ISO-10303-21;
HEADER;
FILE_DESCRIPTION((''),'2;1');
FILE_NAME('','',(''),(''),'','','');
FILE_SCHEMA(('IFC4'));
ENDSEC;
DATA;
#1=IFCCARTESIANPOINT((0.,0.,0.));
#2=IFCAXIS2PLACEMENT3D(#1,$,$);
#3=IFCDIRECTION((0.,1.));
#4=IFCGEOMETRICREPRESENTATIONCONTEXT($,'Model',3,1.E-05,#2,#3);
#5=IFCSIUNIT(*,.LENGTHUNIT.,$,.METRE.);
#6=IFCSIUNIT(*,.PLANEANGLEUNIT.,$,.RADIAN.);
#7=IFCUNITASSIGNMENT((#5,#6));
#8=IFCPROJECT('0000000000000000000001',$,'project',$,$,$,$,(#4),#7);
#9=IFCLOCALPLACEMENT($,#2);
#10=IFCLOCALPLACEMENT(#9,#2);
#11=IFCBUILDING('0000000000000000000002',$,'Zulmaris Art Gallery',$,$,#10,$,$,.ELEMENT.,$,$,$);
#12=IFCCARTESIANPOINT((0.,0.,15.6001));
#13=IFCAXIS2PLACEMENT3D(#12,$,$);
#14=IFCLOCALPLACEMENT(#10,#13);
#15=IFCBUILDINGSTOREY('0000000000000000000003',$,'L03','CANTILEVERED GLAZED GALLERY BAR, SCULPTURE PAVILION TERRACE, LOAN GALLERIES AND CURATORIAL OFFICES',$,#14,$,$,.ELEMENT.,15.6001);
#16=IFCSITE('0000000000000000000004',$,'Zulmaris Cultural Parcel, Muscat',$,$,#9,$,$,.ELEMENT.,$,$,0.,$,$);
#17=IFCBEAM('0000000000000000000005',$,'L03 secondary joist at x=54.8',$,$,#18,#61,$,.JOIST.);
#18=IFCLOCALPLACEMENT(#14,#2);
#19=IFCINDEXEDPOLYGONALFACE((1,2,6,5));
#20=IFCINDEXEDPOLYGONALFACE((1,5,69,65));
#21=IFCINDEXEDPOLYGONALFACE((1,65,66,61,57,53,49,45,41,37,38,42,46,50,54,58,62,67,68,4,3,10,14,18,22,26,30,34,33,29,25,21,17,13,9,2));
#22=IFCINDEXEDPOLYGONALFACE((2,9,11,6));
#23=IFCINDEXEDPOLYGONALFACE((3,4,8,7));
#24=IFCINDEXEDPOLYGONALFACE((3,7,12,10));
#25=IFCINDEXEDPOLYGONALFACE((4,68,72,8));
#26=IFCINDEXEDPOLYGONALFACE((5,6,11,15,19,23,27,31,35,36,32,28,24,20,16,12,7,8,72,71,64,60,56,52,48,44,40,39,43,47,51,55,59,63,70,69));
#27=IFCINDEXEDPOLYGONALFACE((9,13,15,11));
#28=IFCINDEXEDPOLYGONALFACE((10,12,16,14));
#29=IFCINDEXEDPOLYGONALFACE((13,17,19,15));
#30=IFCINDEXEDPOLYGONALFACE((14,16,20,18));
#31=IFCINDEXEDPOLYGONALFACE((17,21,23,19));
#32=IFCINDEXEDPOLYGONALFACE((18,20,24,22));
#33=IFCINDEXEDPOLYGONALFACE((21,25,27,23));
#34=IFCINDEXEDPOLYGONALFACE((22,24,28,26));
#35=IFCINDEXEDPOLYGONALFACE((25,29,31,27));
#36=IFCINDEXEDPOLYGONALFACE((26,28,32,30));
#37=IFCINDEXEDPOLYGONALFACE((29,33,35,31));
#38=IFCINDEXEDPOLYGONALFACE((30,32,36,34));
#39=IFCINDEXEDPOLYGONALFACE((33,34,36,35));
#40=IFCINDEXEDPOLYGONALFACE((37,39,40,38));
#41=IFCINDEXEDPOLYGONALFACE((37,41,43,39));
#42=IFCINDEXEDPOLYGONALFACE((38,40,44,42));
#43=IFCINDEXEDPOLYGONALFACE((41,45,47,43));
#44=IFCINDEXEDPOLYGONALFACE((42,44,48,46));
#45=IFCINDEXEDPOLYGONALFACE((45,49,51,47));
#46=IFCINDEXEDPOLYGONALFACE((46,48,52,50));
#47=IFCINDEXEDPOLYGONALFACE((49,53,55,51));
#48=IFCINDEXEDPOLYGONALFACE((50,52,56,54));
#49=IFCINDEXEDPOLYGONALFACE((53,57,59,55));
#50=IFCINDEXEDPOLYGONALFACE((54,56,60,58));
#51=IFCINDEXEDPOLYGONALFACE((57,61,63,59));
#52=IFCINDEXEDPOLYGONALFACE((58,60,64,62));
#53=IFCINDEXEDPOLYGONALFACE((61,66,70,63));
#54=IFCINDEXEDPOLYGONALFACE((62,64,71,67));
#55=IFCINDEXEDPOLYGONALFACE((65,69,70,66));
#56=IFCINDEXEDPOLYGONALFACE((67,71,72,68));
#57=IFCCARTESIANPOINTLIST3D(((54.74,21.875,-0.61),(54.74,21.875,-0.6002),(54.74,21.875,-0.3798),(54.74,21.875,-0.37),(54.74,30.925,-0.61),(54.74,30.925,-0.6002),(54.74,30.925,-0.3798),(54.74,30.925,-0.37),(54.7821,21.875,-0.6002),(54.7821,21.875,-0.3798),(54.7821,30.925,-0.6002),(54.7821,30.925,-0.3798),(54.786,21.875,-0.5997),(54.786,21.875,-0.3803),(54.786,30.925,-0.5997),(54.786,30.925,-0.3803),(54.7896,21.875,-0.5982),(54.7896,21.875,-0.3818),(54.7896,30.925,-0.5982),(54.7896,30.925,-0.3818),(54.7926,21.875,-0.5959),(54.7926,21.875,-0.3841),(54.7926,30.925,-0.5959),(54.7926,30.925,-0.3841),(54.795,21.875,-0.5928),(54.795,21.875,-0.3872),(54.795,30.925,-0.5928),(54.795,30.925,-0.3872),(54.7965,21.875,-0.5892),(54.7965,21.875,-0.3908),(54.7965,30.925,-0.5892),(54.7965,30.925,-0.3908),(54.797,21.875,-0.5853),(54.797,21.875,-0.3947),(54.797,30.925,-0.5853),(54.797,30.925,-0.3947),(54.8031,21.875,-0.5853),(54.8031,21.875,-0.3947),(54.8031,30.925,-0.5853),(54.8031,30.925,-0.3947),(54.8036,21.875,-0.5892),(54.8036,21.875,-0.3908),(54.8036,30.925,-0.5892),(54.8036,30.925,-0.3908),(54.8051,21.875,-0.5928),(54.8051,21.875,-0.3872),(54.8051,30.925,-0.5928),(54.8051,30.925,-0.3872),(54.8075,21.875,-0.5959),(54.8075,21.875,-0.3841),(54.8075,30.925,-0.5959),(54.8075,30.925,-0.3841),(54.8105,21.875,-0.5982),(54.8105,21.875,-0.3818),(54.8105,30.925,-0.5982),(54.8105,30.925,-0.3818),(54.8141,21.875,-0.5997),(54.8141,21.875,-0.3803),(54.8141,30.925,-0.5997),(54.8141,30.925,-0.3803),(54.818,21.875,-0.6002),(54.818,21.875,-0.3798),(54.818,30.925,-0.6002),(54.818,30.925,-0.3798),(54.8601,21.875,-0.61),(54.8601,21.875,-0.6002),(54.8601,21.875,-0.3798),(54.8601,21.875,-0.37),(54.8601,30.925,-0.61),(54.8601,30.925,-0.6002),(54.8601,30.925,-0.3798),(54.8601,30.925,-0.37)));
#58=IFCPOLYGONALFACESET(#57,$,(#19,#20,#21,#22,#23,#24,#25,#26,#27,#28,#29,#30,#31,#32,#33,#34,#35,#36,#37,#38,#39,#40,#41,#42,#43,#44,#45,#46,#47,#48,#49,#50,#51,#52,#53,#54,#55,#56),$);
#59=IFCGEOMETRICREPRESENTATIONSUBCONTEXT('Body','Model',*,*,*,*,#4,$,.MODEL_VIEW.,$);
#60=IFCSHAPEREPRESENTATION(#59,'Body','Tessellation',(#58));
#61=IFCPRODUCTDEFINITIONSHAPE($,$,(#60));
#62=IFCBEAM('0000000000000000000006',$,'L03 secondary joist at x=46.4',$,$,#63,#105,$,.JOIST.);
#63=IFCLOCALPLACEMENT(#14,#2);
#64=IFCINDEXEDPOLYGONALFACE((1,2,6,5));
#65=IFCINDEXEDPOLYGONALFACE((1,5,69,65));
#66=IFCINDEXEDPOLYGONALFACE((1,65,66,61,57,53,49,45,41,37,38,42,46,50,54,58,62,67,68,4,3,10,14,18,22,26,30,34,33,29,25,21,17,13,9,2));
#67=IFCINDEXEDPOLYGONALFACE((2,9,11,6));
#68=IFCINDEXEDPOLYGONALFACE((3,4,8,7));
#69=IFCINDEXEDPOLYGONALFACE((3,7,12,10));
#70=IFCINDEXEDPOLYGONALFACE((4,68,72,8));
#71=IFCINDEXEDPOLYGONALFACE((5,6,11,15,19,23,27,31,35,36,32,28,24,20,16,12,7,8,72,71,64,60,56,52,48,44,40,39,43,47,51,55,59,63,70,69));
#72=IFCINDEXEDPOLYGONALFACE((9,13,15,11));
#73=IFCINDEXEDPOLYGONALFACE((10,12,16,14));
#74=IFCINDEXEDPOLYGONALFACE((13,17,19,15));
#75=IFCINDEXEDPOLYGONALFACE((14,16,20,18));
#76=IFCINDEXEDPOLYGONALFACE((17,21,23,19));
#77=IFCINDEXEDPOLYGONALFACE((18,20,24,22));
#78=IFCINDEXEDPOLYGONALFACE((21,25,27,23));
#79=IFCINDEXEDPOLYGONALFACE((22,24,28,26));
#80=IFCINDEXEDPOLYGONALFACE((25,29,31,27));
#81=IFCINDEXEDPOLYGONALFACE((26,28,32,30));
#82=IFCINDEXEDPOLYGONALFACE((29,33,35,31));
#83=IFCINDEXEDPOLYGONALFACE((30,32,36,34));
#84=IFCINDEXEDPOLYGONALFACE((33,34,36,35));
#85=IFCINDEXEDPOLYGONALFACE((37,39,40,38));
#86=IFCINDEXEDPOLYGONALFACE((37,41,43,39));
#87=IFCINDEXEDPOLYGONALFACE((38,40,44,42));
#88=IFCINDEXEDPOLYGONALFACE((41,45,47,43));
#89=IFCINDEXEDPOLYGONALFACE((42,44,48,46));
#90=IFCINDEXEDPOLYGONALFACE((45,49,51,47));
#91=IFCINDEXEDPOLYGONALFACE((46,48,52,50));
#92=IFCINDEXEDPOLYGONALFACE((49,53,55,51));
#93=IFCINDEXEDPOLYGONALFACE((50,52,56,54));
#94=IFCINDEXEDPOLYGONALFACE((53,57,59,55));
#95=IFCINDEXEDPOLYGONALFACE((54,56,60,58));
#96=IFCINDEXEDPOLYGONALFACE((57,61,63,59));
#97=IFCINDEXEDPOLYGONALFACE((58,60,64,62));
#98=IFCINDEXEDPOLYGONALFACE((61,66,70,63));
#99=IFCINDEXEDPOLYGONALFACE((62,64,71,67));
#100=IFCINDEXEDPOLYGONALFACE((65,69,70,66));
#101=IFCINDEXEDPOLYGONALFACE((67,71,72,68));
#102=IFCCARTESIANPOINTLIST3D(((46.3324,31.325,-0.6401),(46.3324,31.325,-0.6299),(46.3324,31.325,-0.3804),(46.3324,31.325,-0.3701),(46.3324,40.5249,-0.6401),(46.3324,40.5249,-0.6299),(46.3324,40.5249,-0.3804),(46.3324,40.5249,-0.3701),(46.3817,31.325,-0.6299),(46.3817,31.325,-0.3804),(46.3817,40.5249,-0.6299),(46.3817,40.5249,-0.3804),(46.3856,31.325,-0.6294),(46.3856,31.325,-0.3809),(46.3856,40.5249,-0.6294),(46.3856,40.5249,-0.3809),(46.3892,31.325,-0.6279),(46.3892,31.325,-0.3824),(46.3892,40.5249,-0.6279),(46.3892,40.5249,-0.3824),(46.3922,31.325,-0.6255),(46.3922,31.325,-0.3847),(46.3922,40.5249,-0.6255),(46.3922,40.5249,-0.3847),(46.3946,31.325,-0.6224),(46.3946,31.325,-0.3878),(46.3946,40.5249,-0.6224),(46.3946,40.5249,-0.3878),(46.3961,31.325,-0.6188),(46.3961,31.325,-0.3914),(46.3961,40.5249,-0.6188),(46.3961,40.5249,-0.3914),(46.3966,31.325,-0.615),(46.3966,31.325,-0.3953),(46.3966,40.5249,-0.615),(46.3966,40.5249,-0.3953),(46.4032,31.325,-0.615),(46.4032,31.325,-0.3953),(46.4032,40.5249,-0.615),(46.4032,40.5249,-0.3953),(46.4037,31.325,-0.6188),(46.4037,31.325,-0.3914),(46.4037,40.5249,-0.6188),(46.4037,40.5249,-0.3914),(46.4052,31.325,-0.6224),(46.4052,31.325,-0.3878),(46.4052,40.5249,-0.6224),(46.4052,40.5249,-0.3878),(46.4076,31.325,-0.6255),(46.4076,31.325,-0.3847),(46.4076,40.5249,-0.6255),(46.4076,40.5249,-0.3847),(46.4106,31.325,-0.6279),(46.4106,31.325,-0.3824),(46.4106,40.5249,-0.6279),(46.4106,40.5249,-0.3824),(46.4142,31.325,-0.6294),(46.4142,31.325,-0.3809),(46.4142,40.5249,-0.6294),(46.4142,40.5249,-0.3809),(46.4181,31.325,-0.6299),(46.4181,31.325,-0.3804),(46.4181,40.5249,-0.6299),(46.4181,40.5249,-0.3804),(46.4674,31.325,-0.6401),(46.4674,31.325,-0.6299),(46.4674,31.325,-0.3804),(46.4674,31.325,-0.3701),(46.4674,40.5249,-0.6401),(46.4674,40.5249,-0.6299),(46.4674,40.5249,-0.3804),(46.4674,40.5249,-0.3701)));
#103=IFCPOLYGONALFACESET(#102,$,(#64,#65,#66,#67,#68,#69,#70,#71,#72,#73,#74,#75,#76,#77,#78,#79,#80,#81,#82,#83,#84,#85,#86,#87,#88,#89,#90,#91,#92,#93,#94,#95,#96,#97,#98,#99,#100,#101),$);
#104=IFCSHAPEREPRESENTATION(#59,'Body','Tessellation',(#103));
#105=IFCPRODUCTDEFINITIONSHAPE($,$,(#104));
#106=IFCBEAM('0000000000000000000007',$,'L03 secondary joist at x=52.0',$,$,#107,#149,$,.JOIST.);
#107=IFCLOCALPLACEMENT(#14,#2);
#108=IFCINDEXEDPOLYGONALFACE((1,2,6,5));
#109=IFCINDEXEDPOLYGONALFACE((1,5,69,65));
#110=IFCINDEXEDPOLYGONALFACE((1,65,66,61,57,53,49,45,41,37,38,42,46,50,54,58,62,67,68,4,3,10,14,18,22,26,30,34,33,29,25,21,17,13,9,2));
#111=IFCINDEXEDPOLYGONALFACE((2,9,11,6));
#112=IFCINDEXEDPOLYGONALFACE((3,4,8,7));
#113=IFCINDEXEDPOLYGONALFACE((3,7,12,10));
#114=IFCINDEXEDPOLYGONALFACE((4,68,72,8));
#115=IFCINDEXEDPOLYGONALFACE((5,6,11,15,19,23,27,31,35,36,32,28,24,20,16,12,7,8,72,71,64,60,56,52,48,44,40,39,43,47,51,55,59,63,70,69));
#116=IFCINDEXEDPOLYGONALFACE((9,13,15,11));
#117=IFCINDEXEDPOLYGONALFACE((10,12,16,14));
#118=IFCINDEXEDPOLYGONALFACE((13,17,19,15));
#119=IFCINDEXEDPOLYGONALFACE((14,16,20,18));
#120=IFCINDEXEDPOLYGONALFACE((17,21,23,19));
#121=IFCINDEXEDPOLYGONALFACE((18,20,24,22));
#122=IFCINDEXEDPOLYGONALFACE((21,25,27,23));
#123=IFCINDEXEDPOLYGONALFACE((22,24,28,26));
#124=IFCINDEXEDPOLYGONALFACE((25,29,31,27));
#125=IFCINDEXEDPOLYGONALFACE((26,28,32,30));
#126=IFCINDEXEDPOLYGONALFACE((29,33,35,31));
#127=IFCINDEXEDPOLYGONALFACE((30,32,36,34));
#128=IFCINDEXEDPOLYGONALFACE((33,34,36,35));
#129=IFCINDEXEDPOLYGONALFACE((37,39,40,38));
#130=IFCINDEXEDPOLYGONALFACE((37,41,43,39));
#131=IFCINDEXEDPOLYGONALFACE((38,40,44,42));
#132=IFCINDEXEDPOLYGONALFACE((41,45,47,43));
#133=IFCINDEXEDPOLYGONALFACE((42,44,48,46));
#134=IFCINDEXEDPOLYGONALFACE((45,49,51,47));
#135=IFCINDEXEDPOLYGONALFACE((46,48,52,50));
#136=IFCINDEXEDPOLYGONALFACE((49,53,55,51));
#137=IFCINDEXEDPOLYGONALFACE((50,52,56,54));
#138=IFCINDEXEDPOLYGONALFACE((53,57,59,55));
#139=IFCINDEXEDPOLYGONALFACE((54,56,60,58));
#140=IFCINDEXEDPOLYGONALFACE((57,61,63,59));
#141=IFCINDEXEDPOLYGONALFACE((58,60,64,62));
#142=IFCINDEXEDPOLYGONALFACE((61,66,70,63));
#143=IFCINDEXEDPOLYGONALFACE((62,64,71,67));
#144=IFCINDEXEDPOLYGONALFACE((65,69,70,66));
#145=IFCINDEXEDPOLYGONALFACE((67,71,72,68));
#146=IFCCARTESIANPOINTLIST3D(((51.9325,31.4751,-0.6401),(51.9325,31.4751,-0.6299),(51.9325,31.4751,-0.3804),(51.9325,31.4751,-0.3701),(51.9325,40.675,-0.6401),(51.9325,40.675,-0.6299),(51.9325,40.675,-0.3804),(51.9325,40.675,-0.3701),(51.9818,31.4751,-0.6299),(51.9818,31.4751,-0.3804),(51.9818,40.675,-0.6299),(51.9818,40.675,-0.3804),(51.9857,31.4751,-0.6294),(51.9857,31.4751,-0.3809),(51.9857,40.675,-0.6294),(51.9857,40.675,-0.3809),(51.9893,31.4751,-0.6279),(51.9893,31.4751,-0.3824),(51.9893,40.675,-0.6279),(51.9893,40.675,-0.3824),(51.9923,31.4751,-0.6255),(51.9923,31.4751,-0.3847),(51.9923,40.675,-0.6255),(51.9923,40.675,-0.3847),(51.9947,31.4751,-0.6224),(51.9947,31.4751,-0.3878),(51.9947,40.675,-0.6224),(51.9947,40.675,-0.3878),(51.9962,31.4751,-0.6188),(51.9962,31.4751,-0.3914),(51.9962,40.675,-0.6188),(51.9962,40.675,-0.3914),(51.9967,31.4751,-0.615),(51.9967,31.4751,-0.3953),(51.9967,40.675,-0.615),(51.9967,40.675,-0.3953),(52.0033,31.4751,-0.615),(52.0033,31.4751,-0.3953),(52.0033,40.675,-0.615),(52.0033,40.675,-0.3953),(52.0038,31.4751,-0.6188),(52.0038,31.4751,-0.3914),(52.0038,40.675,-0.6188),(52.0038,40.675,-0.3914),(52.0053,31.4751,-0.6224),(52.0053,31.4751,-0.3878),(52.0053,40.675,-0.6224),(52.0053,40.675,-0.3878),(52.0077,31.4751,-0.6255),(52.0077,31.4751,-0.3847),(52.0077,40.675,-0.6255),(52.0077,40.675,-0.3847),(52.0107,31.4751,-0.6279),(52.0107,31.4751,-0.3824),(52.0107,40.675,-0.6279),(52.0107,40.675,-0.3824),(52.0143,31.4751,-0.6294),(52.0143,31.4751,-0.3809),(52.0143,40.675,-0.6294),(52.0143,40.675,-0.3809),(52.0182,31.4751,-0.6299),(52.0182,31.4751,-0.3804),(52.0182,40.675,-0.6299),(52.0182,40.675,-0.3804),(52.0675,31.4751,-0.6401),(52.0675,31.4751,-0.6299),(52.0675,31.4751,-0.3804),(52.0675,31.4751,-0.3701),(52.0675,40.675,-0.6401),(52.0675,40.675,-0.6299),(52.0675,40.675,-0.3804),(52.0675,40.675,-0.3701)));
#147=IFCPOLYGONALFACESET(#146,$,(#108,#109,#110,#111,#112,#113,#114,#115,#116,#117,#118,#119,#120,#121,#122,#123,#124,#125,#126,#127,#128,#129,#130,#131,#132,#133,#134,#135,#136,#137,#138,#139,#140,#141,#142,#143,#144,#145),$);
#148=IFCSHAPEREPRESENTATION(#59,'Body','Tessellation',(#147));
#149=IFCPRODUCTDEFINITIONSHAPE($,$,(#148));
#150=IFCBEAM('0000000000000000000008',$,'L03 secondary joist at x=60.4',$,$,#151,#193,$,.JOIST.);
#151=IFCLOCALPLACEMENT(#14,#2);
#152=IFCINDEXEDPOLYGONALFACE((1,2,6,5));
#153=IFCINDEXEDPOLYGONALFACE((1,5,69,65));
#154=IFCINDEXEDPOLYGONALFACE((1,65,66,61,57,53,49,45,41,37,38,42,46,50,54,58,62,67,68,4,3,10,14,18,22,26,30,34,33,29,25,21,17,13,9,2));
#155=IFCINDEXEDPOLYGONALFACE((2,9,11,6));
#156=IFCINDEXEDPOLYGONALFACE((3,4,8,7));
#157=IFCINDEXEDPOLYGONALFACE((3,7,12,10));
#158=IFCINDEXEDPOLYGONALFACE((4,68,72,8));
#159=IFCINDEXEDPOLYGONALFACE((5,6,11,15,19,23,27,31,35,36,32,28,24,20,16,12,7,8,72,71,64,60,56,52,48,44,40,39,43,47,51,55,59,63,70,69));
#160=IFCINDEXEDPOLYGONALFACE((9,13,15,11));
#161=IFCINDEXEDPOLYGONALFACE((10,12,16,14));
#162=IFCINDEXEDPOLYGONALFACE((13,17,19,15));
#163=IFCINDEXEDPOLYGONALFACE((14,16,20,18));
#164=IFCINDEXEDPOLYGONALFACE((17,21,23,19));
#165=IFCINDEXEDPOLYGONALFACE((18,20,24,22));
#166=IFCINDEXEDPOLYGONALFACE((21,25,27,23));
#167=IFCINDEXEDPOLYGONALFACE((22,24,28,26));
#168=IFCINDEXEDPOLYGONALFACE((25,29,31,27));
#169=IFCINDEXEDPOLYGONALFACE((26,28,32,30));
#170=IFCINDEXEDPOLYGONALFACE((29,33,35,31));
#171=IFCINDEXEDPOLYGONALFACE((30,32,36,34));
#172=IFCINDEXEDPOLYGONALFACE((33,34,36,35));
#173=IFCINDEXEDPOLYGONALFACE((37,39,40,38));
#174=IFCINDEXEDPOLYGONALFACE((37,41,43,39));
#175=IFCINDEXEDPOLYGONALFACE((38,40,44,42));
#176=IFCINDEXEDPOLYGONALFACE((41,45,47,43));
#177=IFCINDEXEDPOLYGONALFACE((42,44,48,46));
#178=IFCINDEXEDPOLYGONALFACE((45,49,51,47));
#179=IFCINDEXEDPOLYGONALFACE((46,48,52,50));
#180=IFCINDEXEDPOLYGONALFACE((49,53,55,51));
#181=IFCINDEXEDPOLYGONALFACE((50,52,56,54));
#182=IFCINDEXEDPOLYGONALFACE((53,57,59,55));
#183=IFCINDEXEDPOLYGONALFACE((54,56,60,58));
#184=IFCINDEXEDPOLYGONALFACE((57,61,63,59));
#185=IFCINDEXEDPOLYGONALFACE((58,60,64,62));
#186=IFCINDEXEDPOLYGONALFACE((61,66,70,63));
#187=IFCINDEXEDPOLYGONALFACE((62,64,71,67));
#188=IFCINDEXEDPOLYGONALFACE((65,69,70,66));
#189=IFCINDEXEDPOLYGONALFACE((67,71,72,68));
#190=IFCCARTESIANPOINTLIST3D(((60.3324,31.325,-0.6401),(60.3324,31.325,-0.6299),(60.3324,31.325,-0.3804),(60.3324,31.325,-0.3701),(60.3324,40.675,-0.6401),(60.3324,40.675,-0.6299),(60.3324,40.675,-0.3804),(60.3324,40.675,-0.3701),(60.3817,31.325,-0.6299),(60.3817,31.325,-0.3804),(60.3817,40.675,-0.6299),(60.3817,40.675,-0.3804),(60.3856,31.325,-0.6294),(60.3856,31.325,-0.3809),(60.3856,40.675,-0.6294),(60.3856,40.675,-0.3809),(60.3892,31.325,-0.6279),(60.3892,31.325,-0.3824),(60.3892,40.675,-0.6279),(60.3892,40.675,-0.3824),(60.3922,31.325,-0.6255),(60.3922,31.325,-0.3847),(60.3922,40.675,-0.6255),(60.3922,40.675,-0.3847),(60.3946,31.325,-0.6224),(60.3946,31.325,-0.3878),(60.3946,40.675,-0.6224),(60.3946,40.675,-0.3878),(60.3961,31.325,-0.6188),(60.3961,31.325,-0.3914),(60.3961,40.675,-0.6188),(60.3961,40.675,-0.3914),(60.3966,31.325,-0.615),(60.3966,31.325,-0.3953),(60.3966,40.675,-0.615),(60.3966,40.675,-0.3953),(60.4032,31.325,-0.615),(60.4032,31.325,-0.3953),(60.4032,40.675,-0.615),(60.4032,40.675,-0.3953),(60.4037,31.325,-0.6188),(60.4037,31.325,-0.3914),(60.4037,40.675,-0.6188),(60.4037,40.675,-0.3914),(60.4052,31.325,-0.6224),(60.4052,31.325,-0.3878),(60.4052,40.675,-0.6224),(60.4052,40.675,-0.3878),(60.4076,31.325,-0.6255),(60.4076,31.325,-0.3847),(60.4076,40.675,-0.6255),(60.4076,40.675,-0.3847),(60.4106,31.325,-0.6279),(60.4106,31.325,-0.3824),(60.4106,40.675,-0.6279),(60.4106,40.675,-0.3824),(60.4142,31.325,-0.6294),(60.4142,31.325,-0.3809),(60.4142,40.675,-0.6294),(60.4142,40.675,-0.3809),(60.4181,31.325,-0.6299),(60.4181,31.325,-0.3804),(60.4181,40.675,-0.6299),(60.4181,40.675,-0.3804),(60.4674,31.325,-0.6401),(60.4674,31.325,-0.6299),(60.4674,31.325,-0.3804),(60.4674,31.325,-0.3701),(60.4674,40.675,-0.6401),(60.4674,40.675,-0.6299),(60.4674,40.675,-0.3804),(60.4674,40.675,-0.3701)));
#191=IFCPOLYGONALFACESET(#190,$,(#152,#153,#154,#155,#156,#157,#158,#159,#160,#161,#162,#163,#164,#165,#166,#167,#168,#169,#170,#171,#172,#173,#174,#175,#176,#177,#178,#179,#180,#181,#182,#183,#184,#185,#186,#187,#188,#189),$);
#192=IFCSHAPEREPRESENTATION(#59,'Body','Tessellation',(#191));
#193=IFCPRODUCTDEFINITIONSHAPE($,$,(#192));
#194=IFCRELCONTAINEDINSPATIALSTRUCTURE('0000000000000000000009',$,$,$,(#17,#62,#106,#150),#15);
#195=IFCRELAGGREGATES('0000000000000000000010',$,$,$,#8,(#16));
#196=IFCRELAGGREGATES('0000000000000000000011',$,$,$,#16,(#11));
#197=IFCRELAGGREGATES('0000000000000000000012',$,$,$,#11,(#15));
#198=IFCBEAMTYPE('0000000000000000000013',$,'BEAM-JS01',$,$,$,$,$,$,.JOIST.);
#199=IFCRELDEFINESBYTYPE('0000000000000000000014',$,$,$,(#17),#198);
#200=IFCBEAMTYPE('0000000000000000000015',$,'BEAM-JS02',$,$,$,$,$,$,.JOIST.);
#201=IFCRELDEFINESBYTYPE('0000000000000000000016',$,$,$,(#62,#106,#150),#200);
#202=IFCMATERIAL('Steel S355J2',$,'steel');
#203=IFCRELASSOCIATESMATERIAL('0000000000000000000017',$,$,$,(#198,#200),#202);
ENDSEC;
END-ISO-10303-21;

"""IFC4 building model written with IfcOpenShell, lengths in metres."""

from ifc_helpers import new_model, si_unit, direction, frame, origin, origin_2d, place, context, subcontext, project, spatial, i_section, extrude, material, material_profile, profile_set, type_object, element, save


model = new_model("IFC4")

# Units and contexts
model_context = context("Model", 3, precision=1e-05, world=origin(), true_north=direction((0.0, 1.0)))
body_context = subcontext(model_context, "Body", "Model", "MODEL_VIEW")
ifc_project = project(units=[si_unit("LENGTHUNIT", "METRE"), si_unit("PLANEANGLEUNIT", "RADIAN")], contexts=[model_context])

# Site, building, storey
site_placement = place(None, origin())
site = spatial("IfcSite", under=ifc_project, at=site_placement, Name="Zulmaris Cultural Parcel, Muscat", CompositionType="ELEMENT", RefElevation=0.0)
building_placement = place(site_placement, origin())
building = spatial("IfcBuilding", under=site, at=building_placement, Name="Zulmaris Art Gallery", CompositionType="ELEMENT")
storey_placement = place(building_placement, frame((0.0, 0.0, 15.6001)))
storey = spatial("IfcBuildingStorey", under=building, at=storey_placement, Name="L03", Description="CANTILEVERED GLAZED GALLERY BAR, SCULPTURE PAVILION TERRACE, LOAN GALLERIES AND CURATORIAL OFFICES", CompositionType="ELEMENT", Elevation=15.6001)

# Beams
ifc_material_1 = material(Name="Steel S355J2", Category="steel")
ifc_material_profile_1 = material_profile(ifc_material_1, i_section(OverallWidth=0.1201, OverallDepth=0.24, WebThickness=0.0061, FlangeThickness=0.0098, FilletRadius=0.0149, at=origin_2d()), Name="IPE 240")
ifc_profile_set_1 = profile_set([ifc_material_profile_1], Name="Steel S355J2")
beam_type_1 = type_object("IfcBeamType", Name="BEAM-JS01", PredefinedType="JOIST", material=ifc_profile_set_1)
beam_1_placement = place(storey_placement, frame((54.8, 21.875, -0.49), z_axis=(0.0, 1.0, 0.0), x_axis=(-1.0, 0.0, 0.0)))
element("IfcBeam", 1, at=beam_1_placement, inside=storey, type_object=beam_type_1, Name="L03 secondary joist at x=54.8", PredefinedType="JOIST", context=body_context, shape_type="SweptSolid", body=[
    extrude(i_section(OverallWidth=0.1201, OverallDepth=0.24, WebThickness=0.0061, FlangeThickness=0.0098, FilletRadius=0.0149, at=origin_2d()), origin(), (0.0, 0.0, 1.0), 9.05),
])
ifc_material_profile_2 = material_profile(ifc_material_1, i_section(OverallWidth=0.135, OverallDepth=0.27, WebThickness=0.0066, FlangeThickness=0.0103, FilletRadius=0.0149, at=origin_2d()), Name="IPE 270")
ifc_profile_set_2 = profile_set([ifc_material_profile_2], Name="Steel S355J2")
beam_type_2 = type_object("IfcBeamType", Name="BEAM-JS02", PredefinedType="JOIST", material=ifc_profile_set_2)
for number, where, z_axis, x_axis, name in (
    (2, (46.3999, 31.325, -0.5051), (0.0, 1.0, 0.0), (-1.0, 0.0, 0.0), "L03 secondary joist at x=46.4"),
    (3, (52.0, 31.4751, -0.5051), (0.0, 1.0, 0.0), (-1.0, 0.0, 0.0), "L03 secondary joist at x=52.0"),
):
    element("IfcBeam", number, at=place(storey_placement, frame(where, z_axis=z_axis, x_axis=x_axis)), inside=storey, type_object=beam_type_2, Name=name, PredefinedType="JOIST", context=body_context, shape_type="SweptSolid", body=[
        extrude(i_section(OverallWidth=0.135, OverallDepth=0.27, WebThickness=0.0066, FlangeThickness=0.0103, FilletRadius=0.0149, at=origin_2d()), origin(), (0.0, 0.0, 1.0), 9.2),
    ])
beam_2_placement = place(storey_placement, frame((60.3999, 31.325, -0.5051), z_axis=(0.0, 1.0, 0.0), x_axis=(-1.0, 0.0, 0.0)))
element("IfcBeam", 4, at=beam_2_placement, inside=storey, type_object=beam_type_2, Name="L03 secondary joist at x=60.4", PredefinedType="JOIST", context=body_context, shape_type="SweptSolid", body=[
    extrude(i_section(OverallWidth=0.135, OverallDepth=0.27, WebThickness=0.0066, FlangeThickness=0.0103, FilletRadius=0.0149, at=origin_2d()), origin(), (0.0, 0.0, 1.0), 9.3501),
])

save(model, "model.ifc")
